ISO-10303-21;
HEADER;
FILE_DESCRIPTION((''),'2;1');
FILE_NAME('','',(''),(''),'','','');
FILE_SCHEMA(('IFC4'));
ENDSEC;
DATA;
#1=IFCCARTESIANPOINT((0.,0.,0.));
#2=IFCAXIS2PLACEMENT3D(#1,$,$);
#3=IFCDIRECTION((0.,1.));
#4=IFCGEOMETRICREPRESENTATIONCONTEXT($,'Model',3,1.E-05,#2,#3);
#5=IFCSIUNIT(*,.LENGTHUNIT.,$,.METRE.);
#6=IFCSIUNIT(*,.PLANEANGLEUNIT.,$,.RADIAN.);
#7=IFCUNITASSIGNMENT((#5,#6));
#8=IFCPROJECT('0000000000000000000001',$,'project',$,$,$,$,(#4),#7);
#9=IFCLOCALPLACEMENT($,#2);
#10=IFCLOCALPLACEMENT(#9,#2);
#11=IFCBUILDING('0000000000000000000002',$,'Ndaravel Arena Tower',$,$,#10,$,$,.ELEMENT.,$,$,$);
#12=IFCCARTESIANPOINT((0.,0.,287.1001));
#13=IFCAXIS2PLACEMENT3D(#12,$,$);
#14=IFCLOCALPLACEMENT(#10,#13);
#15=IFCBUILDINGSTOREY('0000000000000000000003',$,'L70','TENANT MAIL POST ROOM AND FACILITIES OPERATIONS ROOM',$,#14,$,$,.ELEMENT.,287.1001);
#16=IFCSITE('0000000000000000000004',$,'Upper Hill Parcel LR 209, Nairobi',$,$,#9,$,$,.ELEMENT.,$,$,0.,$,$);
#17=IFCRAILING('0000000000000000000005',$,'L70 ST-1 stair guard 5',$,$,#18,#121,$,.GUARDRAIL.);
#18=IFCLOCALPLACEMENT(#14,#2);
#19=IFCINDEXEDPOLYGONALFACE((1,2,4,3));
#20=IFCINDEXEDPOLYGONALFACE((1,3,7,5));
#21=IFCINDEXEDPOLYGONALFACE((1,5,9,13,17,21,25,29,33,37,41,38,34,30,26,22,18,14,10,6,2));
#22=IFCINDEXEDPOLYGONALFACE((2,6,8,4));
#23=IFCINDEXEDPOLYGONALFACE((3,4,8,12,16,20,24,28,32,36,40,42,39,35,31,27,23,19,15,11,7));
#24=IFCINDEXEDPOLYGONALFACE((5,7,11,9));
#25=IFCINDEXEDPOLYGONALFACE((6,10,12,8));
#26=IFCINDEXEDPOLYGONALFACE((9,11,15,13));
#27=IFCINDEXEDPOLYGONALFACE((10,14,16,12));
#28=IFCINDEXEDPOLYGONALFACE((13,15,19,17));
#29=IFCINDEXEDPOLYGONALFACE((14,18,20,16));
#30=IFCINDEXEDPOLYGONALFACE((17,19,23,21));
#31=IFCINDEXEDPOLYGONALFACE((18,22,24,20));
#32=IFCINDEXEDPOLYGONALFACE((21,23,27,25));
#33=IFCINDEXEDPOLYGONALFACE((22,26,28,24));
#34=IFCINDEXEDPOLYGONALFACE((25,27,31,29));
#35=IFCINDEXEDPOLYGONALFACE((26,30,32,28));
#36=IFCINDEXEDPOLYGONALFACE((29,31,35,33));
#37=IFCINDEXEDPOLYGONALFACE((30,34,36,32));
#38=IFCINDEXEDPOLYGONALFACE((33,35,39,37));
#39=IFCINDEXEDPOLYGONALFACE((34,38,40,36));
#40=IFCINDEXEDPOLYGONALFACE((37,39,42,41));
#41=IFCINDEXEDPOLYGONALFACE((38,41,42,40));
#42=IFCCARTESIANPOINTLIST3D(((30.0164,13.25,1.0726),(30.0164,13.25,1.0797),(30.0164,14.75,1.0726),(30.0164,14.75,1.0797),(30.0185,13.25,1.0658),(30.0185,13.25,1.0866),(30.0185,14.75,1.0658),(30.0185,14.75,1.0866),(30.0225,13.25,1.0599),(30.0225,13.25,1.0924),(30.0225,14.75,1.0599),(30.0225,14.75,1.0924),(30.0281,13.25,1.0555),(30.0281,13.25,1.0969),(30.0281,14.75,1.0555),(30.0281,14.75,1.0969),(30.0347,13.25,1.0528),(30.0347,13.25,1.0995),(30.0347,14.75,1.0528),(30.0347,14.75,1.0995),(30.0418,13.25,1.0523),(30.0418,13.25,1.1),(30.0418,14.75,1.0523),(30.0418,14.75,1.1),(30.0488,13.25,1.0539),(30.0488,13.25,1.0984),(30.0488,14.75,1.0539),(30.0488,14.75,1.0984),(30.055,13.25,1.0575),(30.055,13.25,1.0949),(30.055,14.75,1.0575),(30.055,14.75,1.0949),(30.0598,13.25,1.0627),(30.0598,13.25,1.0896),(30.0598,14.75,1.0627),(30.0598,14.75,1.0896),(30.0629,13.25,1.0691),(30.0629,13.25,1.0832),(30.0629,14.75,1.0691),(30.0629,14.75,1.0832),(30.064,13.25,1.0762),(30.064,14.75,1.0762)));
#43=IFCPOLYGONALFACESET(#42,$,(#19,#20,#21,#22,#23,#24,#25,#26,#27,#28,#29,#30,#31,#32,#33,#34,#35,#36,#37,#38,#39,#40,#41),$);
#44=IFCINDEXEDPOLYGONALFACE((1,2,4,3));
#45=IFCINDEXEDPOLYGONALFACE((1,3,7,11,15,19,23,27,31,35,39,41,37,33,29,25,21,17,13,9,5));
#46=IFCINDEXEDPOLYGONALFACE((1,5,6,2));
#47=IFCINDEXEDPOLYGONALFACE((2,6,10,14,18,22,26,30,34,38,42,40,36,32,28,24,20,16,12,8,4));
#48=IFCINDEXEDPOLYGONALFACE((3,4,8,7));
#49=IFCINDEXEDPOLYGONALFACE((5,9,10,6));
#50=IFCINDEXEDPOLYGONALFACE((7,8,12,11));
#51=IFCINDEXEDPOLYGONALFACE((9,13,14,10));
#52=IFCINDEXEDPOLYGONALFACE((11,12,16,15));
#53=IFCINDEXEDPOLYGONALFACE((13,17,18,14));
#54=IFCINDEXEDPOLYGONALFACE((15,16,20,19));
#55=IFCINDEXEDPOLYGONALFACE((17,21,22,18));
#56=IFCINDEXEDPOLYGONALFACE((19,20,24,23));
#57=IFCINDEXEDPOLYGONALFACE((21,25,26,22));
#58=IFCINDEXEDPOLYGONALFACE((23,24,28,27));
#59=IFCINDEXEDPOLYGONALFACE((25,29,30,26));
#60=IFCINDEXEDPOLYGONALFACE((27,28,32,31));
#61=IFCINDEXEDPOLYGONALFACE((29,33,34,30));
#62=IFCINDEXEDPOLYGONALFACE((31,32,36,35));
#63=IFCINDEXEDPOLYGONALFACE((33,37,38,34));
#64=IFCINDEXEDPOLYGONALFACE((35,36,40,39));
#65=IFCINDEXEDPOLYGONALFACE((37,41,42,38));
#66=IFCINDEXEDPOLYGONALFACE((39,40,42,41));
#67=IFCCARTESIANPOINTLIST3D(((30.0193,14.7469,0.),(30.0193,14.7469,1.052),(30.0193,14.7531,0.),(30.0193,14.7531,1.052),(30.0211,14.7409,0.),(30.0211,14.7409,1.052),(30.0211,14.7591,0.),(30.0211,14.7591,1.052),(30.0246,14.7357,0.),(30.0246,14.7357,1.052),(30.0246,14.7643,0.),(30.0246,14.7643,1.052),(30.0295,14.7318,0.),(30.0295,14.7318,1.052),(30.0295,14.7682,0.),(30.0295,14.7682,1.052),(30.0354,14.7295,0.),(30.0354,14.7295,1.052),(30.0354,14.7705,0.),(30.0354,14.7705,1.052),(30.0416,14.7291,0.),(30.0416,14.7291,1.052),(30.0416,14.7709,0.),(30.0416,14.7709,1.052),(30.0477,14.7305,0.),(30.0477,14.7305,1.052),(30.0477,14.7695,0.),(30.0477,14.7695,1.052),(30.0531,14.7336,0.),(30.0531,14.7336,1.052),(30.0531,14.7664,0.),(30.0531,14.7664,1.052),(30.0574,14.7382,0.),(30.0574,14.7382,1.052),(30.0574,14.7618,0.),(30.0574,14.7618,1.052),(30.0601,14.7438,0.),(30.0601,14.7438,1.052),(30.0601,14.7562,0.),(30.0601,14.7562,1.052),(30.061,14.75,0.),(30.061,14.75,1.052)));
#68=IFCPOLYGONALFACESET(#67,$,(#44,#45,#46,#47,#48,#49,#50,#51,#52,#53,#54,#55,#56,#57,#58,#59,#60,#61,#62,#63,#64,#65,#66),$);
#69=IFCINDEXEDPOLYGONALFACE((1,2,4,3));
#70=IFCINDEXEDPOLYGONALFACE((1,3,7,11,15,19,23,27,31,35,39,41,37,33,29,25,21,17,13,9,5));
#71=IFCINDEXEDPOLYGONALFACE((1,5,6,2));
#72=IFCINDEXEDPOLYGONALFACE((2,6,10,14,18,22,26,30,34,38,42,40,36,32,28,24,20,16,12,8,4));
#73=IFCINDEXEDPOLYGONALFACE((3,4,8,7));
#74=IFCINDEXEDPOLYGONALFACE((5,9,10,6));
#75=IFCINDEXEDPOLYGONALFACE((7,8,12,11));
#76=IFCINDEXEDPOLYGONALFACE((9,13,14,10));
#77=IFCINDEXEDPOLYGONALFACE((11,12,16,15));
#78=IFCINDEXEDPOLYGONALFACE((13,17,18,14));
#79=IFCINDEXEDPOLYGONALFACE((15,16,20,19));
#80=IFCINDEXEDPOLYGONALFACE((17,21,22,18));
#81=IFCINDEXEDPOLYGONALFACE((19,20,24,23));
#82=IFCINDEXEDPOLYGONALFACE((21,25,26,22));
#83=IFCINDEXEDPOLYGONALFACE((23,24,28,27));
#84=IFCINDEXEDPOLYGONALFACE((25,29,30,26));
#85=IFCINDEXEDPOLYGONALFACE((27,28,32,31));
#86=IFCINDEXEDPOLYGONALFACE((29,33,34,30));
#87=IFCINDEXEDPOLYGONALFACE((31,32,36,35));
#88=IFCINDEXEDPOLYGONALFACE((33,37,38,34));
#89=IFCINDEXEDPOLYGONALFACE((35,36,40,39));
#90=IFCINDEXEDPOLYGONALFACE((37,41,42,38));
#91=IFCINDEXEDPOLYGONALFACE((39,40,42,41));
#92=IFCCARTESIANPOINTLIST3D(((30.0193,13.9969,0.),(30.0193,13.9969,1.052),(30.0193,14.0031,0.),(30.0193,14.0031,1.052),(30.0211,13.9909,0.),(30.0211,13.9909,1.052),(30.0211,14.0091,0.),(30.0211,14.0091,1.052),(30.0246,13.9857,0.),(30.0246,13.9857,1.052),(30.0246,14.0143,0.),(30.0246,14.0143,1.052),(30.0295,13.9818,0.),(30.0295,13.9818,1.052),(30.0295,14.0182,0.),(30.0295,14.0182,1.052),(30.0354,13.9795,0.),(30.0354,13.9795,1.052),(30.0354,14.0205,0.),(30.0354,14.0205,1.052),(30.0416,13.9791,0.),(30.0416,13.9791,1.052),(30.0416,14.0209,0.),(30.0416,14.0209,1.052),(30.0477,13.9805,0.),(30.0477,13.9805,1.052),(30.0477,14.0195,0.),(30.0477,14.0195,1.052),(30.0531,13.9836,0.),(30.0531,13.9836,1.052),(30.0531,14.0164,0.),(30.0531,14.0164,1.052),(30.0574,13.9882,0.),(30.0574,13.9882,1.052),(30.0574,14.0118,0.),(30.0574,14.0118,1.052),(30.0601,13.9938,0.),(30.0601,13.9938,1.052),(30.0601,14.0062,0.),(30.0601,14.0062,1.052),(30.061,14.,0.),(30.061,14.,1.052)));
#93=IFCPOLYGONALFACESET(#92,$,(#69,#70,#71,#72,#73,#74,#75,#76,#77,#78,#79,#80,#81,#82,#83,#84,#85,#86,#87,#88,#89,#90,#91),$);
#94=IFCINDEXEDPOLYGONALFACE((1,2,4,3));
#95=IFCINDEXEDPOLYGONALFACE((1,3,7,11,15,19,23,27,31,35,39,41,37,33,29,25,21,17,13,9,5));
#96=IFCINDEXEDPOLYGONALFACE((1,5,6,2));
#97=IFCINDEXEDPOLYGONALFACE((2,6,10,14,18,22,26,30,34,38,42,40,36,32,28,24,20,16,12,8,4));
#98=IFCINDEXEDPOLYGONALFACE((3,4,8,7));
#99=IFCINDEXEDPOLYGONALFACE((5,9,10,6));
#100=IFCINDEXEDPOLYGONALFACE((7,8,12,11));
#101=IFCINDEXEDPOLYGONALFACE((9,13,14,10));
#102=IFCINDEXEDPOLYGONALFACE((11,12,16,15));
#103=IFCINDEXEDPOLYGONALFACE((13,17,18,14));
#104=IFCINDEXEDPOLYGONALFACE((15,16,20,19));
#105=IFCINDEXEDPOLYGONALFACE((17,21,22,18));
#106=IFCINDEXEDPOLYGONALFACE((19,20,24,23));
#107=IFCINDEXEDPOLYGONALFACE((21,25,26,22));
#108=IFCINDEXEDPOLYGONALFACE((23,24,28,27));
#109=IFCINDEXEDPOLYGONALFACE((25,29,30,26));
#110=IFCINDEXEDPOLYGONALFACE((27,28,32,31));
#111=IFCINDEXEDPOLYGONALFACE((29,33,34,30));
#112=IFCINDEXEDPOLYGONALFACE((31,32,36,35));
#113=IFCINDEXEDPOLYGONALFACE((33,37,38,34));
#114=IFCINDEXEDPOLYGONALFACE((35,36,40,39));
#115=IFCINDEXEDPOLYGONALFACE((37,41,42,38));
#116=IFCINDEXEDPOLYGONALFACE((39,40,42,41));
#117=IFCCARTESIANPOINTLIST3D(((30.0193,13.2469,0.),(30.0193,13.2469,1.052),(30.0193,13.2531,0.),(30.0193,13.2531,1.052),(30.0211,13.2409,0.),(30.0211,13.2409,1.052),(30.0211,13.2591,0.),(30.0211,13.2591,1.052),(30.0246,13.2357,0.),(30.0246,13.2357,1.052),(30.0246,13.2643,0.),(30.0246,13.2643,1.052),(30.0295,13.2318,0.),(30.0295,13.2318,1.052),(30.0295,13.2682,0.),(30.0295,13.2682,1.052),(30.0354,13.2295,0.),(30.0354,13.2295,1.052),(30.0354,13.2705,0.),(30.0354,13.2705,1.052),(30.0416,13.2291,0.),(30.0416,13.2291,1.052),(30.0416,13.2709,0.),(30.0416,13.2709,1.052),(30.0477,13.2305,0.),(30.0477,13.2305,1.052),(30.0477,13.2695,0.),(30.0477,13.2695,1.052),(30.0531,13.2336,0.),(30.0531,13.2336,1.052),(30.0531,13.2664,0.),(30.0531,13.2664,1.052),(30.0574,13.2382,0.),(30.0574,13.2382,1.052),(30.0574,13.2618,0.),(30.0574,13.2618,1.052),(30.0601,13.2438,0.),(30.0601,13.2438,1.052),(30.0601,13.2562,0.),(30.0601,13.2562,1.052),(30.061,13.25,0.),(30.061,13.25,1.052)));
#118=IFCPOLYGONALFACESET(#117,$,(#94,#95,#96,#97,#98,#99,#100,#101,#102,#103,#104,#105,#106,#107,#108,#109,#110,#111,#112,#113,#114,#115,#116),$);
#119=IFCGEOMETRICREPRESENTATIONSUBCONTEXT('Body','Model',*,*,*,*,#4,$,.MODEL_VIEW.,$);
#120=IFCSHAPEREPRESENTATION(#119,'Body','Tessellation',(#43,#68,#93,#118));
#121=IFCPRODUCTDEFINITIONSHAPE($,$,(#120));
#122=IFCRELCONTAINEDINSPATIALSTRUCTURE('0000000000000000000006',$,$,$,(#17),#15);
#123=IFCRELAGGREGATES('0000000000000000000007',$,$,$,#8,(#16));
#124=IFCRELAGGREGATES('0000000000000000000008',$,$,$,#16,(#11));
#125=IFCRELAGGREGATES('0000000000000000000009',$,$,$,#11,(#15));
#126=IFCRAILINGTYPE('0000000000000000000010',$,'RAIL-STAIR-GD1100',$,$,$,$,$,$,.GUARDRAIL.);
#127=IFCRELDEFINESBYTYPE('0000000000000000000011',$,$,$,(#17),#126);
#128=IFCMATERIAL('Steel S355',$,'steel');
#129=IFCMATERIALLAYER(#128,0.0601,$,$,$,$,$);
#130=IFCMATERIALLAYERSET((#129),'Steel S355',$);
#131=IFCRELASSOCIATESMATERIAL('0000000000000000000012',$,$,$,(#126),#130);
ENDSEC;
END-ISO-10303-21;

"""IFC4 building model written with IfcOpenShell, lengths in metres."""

from ifc_helpers import new_model, si_unit, direction, frame, origin, origin_2d, place, context, subcontext, project, spatial, circle, extrude, material, layer, layer_set, type_object, element, save


model = new_model("IFC4")

# Units and contexts
model_context = context("Model", 3, precision=1e-05, world=origin(), true_north=direction((0.0, 1.0)))
body_context = subcontext(model_context, "Body", "Model", "MODEL_VIEW")
ifc_project = project(units=[si_unit("LENGTHUNIT", "METRE"), si_unit("PLANEANGLEUNIT", "RADIAN")], contexts=[model_context])

# Site, building, storey
site_placement = place(None, origin())
site = spatial("IfcSite", under=ifc_project, at=site_placement, Name="Upper Hill Parcel LR 209, Nairobi", CompositionType="ELEMENT", RefElevation=0.0)
building_placement = place(site_placement, origin())
building = spatial("IfcBuilding", under=site, at=building_placement, Name="Ndaravel Arena Tower", CompositionType="ELEMENT")
storey_placement = place(building_placement, frame((0.0, 0.0, 287.1001)))
storey = spatial("IfcBuildingStorey", under=building, at=storey_placement, Name="L70", Description="TENANT MAIL POST ROOM AND FACILITIES OPERATIONS ROOM", CompositionType="ELEMENT", Elevation=287.1001)

# Railing
ifc_material_1 = material(Name="Steel S355", Category="steel")
ifc_layer_1 = layer(ifc_material_1, 0.0601)
ifc_layer_set_1 = layer_set([ifc_layer_1], Name="Steel S355")
railing_type = type_object("IfcRailingType", Name="RAIL-STAIR-GD1100", PredefinedType="GUARDRAIL", material=ifc_layer_set_1)
railing_1_placement = place(storey_placement, frame((30.04, 14.75, 0.0)))
element("IfcRailing", 1, at=railing_1_placement, inside=storey, type_object=railing_type, Name="L70 ST-1 stair guard 5", PredefinedType="GUARDRAIL", context=body_context, shape_type="SweptSolid", body=[
    extrude(circle(Radius=0.0239, at=origin_2d()), frame((0.0, 0.0, 1.0762), z_axis=(0.0, -1.0, 0.0), x_axis=(1.0, 0.0, 0.0)), (0.0, 0.0, 1.0), 1.5),
    extrude(circle(Radius=0.021, at=origin_2d()), origin(), (0.0, 0.0, 1.0), 1.052),
    extrude(circle(Radius=0.021, at=origin_2d()), frame((0.0, -0.75, 0.0)), (0.0, 0.0, 1.0), 1.052),
    extrude(circle(Radius=0.021, at=origin_2d()), frame((0.0, -1.5, 0.0)), (0.0, 0.0, 1.0), 1.052),
])

save(model, "model.ifc")
